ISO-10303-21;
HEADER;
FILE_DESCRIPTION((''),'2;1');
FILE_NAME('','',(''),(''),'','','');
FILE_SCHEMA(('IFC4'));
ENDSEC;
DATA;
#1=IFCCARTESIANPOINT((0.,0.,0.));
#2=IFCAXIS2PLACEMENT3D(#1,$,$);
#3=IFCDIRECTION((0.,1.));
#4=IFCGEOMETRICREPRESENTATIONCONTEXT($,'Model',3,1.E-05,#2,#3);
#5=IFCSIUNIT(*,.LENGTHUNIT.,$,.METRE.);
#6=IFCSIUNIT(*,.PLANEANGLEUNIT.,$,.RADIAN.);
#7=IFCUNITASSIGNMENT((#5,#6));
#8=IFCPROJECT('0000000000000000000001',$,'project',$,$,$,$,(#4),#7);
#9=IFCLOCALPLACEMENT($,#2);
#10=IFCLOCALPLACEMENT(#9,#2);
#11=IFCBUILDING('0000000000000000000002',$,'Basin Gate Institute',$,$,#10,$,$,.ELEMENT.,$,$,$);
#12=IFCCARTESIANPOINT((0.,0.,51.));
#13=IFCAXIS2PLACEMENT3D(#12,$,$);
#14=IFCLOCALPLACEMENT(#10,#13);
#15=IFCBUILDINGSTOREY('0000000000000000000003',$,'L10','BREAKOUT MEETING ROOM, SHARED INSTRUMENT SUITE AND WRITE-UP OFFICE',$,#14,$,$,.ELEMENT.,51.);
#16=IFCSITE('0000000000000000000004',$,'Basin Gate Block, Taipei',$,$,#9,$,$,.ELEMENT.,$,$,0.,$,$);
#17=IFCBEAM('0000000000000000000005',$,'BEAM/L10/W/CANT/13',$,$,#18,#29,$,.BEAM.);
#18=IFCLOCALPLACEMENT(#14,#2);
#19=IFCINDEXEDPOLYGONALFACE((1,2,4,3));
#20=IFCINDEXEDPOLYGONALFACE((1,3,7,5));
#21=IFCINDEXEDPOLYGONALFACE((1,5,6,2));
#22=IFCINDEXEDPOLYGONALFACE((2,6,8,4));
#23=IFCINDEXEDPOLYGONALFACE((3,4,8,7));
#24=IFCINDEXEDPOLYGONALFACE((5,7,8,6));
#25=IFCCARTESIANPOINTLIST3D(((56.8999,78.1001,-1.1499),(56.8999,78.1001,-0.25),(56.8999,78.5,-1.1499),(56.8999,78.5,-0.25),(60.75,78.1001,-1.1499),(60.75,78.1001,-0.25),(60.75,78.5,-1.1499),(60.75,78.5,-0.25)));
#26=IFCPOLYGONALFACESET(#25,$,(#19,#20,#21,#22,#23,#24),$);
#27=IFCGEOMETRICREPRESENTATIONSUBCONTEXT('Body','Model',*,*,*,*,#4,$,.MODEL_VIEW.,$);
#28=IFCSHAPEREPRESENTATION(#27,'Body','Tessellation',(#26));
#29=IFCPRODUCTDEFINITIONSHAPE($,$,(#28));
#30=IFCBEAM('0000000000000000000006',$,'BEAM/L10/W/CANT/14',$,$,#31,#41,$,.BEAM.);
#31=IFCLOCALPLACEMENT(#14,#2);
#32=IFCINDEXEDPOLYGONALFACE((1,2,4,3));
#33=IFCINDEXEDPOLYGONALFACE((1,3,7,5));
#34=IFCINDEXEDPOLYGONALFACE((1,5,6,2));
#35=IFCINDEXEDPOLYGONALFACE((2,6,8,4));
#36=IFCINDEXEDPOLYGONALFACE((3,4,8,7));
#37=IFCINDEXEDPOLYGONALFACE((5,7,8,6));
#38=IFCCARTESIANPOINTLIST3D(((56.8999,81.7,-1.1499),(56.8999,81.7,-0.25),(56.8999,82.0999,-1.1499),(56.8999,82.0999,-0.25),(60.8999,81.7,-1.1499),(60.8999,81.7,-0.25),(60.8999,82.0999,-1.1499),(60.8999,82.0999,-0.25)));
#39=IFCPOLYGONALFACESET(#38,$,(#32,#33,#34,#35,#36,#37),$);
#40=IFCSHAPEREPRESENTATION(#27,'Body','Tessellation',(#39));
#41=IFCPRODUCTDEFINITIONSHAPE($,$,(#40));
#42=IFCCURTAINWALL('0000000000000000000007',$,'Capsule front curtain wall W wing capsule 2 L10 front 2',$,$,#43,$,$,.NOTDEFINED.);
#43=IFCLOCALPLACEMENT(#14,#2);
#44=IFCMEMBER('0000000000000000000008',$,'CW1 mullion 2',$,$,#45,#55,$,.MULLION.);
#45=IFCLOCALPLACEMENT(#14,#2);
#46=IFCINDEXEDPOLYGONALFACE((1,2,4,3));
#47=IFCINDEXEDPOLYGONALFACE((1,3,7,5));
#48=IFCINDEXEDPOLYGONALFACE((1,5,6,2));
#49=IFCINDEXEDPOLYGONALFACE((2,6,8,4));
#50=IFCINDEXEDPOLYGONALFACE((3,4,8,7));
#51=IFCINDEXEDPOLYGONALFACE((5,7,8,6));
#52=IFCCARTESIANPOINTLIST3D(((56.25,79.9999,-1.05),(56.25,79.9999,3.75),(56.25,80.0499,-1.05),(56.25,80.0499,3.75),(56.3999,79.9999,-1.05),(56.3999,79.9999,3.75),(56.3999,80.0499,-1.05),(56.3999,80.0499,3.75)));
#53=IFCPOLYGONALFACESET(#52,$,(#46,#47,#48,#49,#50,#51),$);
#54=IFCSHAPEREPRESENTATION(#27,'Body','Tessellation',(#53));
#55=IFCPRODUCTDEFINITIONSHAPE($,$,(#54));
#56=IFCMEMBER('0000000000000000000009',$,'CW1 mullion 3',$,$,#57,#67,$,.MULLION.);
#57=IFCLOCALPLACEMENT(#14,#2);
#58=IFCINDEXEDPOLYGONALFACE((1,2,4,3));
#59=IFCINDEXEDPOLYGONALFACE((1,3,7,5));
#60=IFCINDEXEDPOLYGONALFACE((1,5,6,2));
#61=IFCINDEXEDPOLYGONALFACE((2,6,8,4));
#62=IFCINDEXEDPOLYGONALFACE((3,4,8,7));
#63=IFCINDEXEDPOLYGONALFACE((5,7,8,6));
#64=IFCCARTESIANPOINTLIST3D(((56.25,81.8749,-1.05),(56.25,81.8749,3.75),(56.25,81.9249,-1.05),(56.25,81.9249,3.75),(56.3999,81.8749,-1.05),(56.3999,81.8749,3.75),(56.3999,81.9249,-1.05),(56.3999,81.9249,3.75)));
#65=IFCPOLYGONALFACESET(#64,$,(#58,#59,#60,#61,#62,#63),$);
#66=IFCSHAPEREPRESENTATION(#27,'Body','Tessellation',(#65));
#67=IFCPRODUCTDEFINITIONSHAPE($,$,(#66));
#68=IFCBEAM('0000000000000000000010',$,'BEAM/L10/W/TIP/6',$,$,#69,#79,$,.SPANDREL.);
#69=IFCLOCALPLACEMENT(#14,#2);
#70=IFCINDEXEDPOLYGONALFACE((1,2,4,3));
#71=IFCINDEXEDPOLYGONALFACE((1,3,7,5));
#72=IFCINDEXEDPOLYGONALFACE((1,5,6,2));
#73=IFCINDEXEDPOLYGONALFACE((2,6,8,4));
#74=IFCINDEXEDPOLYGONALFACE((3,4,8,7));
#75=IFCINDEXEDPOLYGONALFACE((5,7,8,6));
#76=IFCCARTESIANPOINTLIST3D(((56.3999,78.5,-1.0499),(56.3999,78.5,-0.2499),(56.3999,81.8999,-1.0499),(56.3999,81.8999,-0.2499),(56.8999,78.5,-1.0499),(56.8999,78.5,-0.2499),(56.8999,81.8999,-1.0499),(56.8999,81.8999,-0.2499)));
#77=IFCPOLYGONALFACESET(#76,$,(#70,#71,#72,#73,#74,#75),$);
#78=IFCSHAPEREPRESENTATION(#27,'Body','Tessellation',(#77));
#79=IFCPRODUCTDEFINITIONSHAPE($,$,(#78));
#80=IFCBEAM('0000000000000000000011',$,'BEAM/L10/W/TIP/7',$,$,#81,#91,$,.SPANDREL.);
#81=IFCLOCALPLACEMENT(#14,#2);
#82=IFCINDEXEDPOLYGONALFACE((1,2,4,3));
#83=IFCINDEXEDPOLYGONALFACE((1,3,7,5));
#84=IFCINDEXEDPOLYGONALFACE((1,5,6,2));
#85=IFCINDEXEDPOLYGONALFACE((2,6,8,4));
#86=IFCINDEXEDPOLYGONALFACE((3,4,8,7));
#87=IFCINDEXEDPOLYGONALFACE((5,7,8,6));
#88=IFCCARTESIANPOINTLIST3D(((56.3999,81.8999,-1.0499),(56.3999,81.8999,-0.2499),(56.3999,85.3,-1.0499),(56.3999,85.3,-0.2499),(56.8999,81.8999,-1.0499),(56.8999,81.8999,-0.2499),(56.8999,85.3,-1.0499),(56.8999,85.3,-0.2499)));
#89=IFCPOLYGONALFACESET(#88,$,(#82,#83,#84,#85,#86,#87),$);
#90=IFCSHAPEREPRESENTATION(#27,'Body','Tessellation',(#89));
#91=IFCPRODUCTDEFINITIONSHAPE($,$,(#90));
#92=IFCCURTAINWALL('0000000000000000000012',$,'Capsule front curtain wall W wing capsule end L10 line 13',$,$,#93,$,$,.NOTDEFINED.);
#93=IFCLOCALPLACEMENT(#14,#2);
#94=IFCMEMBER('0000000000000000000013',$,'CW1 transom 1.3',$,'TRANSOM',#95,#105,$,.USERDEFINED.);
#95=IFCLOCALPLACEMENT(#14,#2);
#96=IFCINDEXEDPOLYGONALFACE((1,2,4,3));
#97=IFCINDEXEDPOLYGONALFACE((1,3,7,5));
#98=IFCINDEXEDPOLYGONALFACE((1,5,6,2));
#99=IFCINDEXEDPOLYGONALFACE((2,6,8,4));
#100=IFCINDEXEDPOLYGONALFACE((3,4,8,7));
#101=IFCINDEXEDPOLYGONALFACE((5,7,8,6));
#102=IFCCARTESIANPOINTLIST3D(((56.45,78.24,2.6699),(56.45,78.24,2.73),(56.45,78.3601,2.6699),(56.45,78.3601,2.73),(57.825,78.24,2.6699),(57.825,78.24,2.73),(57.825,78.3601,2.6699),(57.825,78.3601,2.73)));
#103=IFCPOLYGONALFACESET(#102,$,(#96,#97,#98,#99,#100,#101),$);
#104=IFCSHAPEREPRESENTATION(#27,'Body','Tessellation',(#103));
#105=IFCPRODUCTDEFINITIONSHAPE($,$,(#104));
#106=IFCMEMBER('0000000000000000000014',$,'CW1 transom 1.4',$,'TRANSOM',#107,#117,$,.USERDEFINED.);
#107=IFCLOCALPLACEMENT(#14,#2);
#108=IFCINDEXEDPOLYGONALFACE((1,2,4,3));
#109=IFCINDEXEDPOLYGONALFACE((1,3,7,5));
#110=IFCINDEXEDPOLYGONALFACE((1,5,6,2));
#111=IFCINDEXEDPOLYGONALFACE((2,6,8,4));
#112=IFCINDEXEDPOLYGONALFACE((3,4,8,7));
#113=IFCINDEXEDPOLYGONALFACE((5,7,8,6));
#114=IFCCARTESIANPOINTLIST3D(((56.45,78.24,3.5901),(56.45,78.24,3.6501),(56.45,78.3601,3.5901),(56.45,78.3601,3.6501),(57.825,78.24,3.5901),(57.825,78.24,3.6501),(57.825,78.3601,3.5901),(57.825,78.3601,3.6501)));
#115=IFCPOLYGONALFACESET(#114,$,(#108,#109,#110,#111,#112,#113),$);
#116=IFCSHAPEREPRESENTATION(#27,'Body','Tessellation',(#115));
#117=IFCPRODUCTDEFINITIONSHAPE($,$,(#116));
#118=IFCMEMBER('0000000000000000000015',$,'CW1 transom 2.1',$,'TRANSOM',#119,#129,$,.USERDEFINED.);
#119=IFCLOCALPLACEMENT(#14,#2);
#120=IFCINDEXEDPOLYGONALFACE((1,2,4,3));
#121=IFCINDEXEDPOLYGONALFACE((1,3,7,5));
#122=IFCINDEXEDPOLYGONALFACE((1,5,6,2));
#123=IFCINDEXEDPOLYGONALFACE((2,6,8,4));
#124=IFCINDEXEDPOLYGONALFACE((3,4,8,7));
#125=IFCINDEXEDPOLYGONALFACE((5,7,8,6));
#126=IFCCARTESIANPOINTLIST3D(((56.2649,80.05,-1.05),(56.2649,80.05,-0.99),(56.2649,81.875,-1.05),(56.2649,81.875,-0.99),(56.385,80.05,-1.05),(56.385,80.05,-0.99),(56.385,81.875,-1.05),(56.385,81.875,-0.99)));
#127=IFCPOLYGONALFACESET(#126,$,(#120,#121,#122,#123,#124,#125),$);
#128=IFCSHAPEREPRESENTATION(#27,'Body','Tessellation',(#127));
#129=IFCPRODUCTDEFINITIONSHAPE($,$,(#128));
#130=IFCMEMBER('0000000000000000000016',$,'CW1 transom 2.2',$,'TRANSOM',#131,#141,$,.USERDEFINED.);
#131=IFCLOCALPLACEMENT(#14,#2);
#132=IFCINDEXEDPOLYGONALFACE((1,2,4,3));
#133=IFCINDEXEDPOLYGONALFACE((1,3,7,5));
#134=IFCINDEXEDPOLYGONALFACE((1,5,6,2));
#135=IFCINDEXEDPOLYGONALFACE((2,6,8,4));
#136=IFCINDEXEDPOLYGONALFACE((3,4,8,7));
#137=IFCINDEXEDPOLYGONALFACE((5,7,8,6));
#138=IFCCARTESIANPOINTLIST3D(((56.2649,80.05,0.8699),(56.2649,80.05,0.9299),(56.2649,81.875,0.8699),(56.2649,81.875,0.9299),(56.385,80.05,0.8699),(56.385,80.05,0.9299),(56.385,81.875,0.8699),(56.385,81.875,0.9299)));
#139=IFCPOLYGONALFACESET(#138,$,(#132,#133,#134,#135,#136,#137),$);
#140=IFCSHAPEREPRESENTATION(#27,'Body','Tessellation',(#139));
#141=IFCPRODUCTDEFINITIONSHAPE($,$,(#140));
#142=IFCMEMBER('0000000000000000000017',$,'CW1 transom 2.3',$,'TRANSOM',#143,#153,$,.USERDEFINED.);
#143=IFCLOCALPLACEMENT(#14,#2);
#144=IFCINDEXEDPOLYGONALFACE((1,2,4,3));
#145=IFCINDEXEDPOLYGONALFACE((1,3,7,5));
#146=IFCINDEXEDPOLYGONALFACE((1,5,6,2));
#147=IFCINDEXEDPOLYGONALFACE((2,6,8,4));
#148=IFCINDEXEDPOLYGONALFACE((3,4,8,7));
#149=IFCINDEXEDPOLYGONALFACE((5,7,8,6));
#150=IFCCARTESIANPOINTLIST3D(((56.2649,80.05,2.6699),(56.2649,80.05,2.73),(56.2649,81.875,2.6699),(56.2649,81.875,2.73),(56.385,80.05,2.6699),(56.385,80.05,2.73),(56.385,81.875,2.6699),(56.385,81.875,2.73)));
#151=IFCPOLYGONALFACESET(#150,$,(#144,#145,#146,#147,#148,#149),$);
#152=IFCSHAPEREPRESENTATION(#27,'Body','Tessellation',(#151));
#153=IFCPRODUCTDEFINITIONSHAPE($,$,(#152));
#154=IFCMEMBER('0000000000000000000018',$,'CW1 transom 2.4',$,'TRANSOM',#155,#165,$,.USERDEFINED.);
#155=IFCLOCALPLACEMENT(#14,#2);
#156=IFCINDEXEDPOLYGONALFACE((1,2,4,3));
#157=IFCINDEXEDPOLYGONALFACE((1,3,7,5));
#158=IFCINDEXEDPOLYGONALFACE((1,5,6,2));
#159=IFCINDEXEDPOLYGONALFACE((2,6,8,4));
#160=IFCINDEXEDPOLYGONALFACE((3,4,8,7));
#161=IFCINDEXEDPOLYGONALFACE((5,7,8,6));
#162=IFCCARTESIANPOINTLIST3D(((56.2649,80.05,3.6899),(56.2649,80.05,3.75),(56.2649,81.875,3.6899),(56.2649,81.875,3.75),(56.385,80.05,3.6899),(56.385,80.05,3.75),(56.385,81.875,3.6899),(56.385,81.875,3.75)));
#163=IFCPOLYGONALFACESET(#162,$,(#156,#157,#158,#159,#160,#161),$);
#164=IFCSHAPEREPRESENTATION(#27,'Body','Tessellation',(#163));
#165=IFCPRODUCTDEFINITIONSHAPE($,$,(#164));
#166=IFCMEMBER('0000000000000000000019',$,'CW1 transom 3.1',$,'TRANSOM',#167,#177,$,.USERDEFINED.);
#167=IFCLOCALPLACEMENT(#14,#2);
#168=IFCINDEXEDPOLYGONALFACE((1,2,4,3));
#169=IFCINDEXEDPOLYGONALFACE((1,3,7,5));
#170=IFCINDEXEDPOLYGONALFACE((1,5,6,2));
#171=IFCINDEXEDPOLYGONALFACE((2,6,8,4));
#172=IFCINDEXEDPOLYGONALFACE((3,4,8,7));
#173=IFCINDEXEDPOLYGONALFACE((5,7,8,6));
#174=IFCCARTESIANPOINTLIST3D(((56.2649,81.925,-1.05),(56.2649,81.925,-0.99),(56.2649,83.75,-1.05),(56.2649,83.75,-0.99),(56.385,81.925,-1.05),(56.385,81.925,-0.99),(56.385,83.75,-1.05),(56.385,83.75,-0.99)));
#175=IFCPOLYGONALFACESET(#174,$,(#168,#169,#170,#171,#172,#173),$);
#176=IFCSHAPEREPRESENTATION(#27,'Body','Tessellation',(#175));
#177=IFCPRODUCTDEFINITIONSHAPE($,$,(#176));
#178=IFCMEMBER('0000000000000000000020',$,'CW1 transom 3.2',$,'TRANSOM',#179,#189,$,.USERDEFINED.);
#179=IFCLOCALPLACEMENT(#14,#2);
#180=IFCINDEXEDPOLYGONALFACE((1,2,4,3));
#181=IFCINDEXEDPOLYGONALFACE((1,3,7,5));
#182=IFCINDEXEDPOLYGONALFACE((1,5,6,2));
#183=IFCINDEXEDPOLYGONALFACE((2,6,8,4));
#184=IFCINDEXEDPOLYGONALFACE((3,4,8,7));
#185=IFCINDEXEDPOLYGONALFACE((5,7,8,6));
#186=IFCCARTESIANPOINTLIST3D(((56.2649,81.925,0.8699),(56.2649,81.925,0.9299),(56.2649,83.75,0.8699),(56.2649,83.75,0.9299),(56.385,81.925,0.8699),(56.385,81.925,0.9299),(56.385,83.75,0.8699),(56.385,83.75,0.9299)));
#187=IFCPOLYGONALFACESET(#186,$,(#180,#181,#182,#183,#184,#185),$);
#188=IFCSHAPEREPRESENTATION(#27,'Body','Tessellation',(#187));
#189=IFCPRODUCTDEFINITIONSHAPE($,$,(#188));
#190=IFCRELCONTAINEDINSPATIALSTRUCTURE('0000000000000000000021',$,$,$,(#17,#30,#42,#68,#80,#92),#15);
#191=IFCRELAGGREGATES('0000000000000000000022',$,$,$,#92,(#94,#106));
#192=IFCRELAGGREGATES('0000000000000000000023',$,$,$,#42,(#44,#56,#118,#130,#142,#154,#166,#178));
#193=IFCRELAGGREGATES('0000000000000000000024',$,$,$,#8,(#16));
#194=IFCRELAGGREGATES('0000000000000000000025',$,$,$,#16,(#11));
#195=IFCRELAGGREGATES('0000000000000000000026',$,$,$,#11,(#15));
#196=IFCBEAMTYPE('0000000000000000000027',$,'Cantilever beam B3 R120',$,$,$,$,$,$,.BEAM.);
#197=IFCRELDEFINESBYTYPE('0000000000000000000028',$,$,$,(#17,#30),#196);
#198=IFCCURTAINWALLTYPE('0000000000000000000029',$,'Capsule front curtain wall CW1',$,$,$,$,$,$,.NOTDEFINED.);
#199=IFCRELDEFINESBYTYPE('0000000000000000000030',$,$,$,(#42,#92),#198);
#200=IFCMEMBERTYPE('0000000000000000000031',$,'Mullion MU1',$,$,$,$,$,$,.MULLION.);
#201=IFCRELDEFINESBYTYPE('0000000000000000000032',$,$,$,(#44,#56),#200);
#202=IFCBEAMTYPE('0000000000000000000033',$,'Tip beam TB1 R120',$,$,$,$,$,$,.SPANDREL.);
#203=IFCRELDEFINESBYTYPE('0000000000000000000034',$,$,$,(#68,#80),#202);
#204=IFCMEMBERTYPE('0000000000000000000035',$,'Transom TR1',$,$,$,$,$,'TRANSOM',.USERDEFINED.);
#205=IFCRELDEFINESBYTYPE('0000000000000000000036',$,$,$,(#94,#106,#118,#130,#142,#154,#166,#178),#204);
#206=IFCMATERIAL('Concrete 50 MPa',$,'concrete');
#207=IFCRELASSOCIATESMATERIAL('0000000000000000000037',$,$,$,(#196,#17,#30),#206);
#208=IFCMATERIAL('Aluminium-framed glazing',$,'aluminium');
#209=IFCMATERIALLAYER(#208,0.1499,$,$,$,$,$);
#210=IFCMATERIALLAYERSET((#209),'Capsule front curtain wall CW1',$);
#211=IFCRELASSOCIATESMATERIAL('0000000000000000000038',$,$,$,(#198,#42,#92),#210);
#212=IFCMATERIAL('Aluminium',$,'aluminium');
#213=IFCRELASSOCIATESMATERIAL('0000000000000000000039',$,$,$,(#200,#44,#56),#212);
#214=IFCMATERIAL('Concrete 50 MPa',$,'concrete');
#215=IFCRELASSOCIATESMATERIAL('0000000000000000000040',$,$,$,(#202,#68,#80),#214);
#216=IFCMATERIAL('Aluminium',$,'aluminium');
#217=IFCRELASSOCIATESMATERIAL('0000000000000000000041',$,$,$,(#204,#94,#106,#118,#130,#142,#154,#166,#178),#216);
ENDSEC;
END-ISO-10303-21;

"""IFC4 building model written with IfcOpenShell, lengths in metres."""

from ifc_helpers import new_model, si_unit, direction, frame, origin, origin_2d, place, context, subcontext, project, spatial, rectangle, extrude, material, layer, layer_set, material_profile, profile_set, type_object, element, aggregate, save


model = new_model("IFC4")

# Units and contexts
model_context = context("Model", 3, precision=1e-05, world=origin(), true_north=direction((0.0, 1.0)))
body_context = subcontext(model_context, "Body", "Model", "MODEL_VIEW")
ifc_project = project(units=[si_unit("LENGTHUNIT", "METRE"), si_unit("PLANEANGLEUNIT", "RADIAN")], contexts=[model_context])

# Site, building, storey
site_placement = place(None, origin())
site = spatial("IfcSite", under=ifc_project, at=site_placement, Name="Basin Gate Block, Taipei", CompositionType="ELEMENT", RefElevation=0.0)
building_placement = place(site_placement, origin())
building = spatial("IfcBuilding", under=site, at=building_placement, Name="Basin Gate Institute", CompositionType="ELEMENT")
storey_placement = place(building_placement, frame((0.0, 0.0, 51.0)))
storey = spatial("IfcBuildingStorey", under=building, at=storey_placement, Name="L10", Description="BREAKOUT MEETING ROOM, SHARED INSTRUMENT SUITE AND WRITE-UP OFFICE", CompositionType="ELEMENT", Elevation=51.0)

# Beams
ifc_material_1 = material(Name="Concrete 50 MPa", Category="concrete")
ifc_material_profile_1 = material_profile(ifc_material_1, rectangle(XDim=0.3999, YDim=0.8999, at=origin_2d()), Name="Cantilever beam B3 400 x 900")
ifc_profile_set_1 = profile_set([ifc_material_profile_1], Name="Concrete 50 MPa")
beam_type_1 = type_object("IfcBeamType", Name="Cantilever beam B3 R120", PredefinedType="BEAM", material=ifc_profile_set_1)
beam_1_placement = place(storey_placement, frame((56.8999, 78.3, -0.7), z_axis=(1.0, 0.0, 0.0), x_axis=(0.0, 1.0, 0.0)))
element("IfcBeam", 1, at=beam_1_placement, inside=storey, type_object=beam_type_1, material=ifc_profile_set_1, Name="BEAM/L10/W/CANT/13", PredefinedType="BEAM", context=body_context, shape_type="SweptSolid", body=[
    extrude(rectangle(XDim=0.3999, YDim=0.8999, at=origin_2d()), origin(), (0.0, 0.0, 1.0), 3.8501),
])
beam_2_placement = place(storey_placement, frame((56.8999, 81.8999, -0.7), z_axis=(1.0, 0.0, 0.0), x_axis=(0.0, 1.0, 0.0)))
element("IfcBeam", 2, at=beam_2_placement, inside=storey, type_object=beam_type_1, material=ifc_profile_set_1, Name="BEAM/L10/W/CANT/14", PredefinedType="BEAM", context=body_context, shape_type="SweptSolid", body=[
    extrude(rectangle(XDim=0.3999, YDim=0.8999, at=origin_2d()), origin(), (0.0, 0.0, 1.0), 4.0),
])

# Curtain wall, members
ifc_material_2 = material(Name="Aluminium-framed glazing", Category="aluminium")
ifc_layer_1 = layer(ifc_material_2, 0.1499)
ifc_layer_set_1 = layer_set([ifc_layer_1], Name="Capsule front curtain wall CW1")
curtain_wall_type = type_object("IfcCurtainWallType", Name="Capsule front curtain wall CW1", PredefinedType="NOTDEFINED", material=ifc_layer_set_1)
curtain_wall_1_placement = place(storey_placement, origin())
curtain_wall_1 = element("IfcCurtainWall", 3, at=curtain_wall_1_placement, inside=storey, type_object=curtain_wall_type, material=ifc_layer_set_1, Name="Capsule front curtain wall W wing capsule 2 L10 front 2", PredefinedType="NOTDEFINED")
ifc_material_3 = material(Name="Aluminium", Category="aluminium")
ifc_material_profile_2 = material_profile(ifc_material_3, rectangle(XDim=0.1499, YDim=0.05, at=origin_2d()), Name="Mullion MU1 150 x 50")
ifc_profile_set_2 = profile_set([ifc_material_profile_2], Name="Aluminium")
member_type_1 = type_object("IfcMemberType", Name="Mullion MU1", PredefinedType="MULLION", material=ifc_profile_set_2)
member_1_placement = place(storey_placement, frame((56.325, 80.0249, -1.05), z_axis=(0.0, 0.0, 1.0), x_axis=(-1.0, 0.0, 0.0)))
member_1 = element("IfcMember", 4, at=member_1_placement, type_object=member_type_1, material=ifc_profile_set_2, Name="CW1 mullion 2", PredefinedType="MULLION", context=body_context, shape_type="SweptSolid", body=[
    extrude(rectangle(XDim=0.1499, YDim=0.05, at=origin_2d()), origin(), (0.0, 0.0, 1.0), 4.8),
])
member_2_placement = place(storey_placement, frame((56.325, 81.8999, -1.05), z_axis=(0.0, 0.0, 1.0), x_axis=(-1.0, 0.0, 0.0)))
member_2 = element("IfcMember", 5, at=member_2_placement, type_object=member_type_1, material=ifc_profile_set_2, Name="CW1 mullion 3", PredefinedType="MULLION", context=body_context, shape_type="SweptSolid", body=[
    extrude(rectangle(XDim=0.1499, YDim=0.05, at=origin_2d()), origin(), (0.0, 0.0, 1.0), 4.8),
])

# Beams
ifc_material_4 = material(Name="Concrete 50 MPa", Category="concrete")
ifc_material_profile_3 = material_profile(ifc_material_4, rectangle(XDim=0.5, YDim=0.8, at=origin_2d()), Name="Tip beam TB1 500 x 800")
ifc_profile_set_3 = profile_set([ifc_material_profile_3], Name="Concrete 50 MPa")
beam_type_2 = type_object("IfcBeamType", Name="Tip beam TB1 R120", PredefinedType="SPANDREL", material=ifc_profile_set_3)
beam_3_placement = place(storey_placement, frame((56.6499, 78.5, -0.6499), z_axis=(0.0, 1.0, 0.0), x_axis=(-1.0, 0.0, 0.0)))
element("IfcBeam", 6, at=beam_3_placement, inside=storey, type_object=beam_type_2, material=ifc_profile_set_3, Name="BEAM/L10/W/TIP/6", PredefinedType="SPANDREL", context=body_context, shape_type="SweptSolid", body=[
    extrude(rectangle(XDim=0.5, YDim=0.8, at=origin_2d()), origin(), (0.0, 0.0, 1.0), 3.3999),
])
beam_4_placement = place(storey_placement, frame((56.6499, 81.8999, -0.6499), z_axis=(0.0, 1.0, 0.0), x_axis=(-1.0, 0.0, 0.0)))
element("IfcBeam", 7, at=beam_4_placement, inside=storey, type_object=beam_type_2, material=ifc_profile_set_3, Name="BEAM/L10/W/TIP/7", PredefinedType="SPANDREL", context=body_context, shape_type="SweptSolid", body=[
    extrude(rectangle(XDim=0.5, YDim=0.8, at=origin_2d()), origin(), (0.0, 0.0, 1.0), 3.4001),
])

# Curtain wall, members
curtain_wall_2_placement = place(storey_placement, origin())
curtain_wall_2 = element("IfcCurtainWall", 8, at=curtain_wall_2_placement, inside=storey, type_object=curtain_wall_type, material=ifc_layer_set_1, Name="Capsule front curtain wall W wing capsule end L10 line 13", PredefinedType="NOTDEFINED")
ifc_material_5 = material(Name="Aluminium", Category="aluminium")
ifc_material_profile_4 = material_profile(ifc_material_5, rectangle(XDim=0.1201, YDim=0.0601, at=origin_2d()), Name="Transom TR1 120 x 60")
ifc_profile_set_4 = profile_set([ifc_material_profile_4], Name="Aluminium")
member_type_2 = type_object("IfcMemberType", Name="Transom TR1", ElementType="TRANSOM", PredefinedType="USERDEFINED", material=ifc_profile_set_4)
member_3_placement = place(storey_placement, frame((56.45, 78.3, 2.7), z_axis=(1.0, 0.0, 0.0), x_axis=(0.0, 1.0, 0.0)))
member_3 = element("IfcMember", 9, at=member_3_placement, type_object=member_type_2, material=ifc_profile_set_4, Name="CW1 transom 1.3", ObjectType="TRANSOM", PredefinedType="USERDEFINED", context=body_context, shape_type="SweptSolid", body=[
    extrude(rectangle(XDim=0.1201, YDim=0.0601, at=origin_2d()), origin(), (0.0, 0.0, 1.0), 1.375),
])
member_4_placement = place(storey_placement, frame((56.45, 78.3, 3.6201), z_axis=(1.0, 0.0, 0.0), x_axis=(0.0, 1.0, 0.0)))
member_4 = element("IfcMember", 10, at=member_4_placement, type_object=member_type_2, material=ifc_profile_set_4, Name="CW1 transom 1.4", ObjectType="TRANSOM", PredefinedType="USERDEFINED", context=body_context, shape_type="SweptSolid", body=[
    extrude(rectangle(XDim=0.1201, YDim=0.0601, at=origin_2d()), origin(), (0.0, 0.0, 1.0), 1.375),
])

# Members
member_5_placement = place(storey_placement, frame((56.325, 80.05, -1.02), z_axis=(0.0, 1.0, 0.0), x_axis=(-1.0, 0.0, 0.0)))
member_5 = element("IfcMember", 11, at=member_5_placement, type_object=member_type_2, material=ifc_profile_set_4, Name="CW1 transom 2.1", ObjectType="TRANSOM", PredefinedType="USERDEFINED", context=body_context, shape_type="SweptSolid", body=[
    extrude(rectangle(XDim=0.1201, YDim=0.0601, at=origin_2d()), origin(), (0.0, 0.0, 1.0), 1.825),
])
member_6_placement = place(storey_placement, frame((56.325, 80.05, 0.8999), z_axis=(0.0, 1.0, 0.0), x_axis=(-1.0, 0.0, 0.0)))
member_6 = element("IfcMember", 12, at=member_6_placement, type_object=member_type_2, material=ifc_profile_set_4, Name="CW1 transom 2.2", ObjectType="TRANSOM", PredefinedType="USERDEFINED", context=body_context, shape_type="SweptSolid", body=[
    extrude(rectangle(XDim=0.1201, YDim=0.0601, at=origin_2d()), origin(), (0.0, 0.0, 1.0), 1.825),
])
member_7_placement = place(storey_placement, frame((56.325, 80.05, 2.7), z_axis=(0.0, 1.0, 0.0), x_axis=(-1.0, 0.0, 0.0)))
member_7 = element("IfcMember", 13, at=member_7_placement, type_object=member_type_2, material=ifc_profile_set_4, Name="CW1 transom 2.3", ObjectType="TRANSOM", PredefinedType="USERDEFINED", context=body_context, shape_type="SweptSolid", body=[
    extrude(rectangle(XDim=0.1201, YDim=0.0601, at=origin_2d()), origin(), (0.0, 0.0, 1.0), 1.825),
])
member_8_placement = place(storey_placement, frame((56.325, 80.05, 3.72), z_axis=(0.0, 1.0, 0.0), x_axis=(-1.0, 0.0, 0.0)))
member_8 = element("IfcMember", 14, at=member_8_placement, type_object=member_type_2, material=ifc_profile_set_4, Name="CW1 transom 2.4", ObjectType="TRANSOM", PredefinedType="USERDEFINED", context=body_context, shape_type="SweptSolid", body=[
    extrude(rectangle(XDim=0.1201, YDim=0.0601, at=origin_2d()), origin(), (0.0, 0.0, 1.0), 1.825),
])
member_9_placement = place(storey_placement, frame((56.325, 81.925, -1.02), z_axis=(0.0, 1.0, 0.0), x_axis=(-1.0, 0.0, 0.0)))
member_9 = element("IfcMember", 15, at=member_9_placement, type_object=member_type_2, material=ifc_profile_set_4, Name="CW1 transom 3.1", ObjectType="TRANSOM", PredefinedType="USERDEFINED", context=body_context, shape_type="SweptSolid", body=[
    extrude(rectangle(XDim=0.1201, YDim=0.0601, at=origin_2d()), origin(), (0.0, 0.0, 1.0), 1.825),
])
member_10_placement = place(storey_placement, frame((56.325, 81.925, 0.8999), z_axis=(0.0, 1.0, 0.0), x_axis=(-1.0, 0.0, 0.0)))
member_10 = element("IfcMember", 16, at=member_10_placement, type_object=member_type_2, material=ifc_profile_set_4, Name="CW1 transom 3.2", ObjectType="TRANSOM", PredefinedType="USERDEFINED", context=body_context, shape_type="SweptSolid", body=[
    extrude(rectangle(XDim=0.1201, YDim=0.0601, at=origin_2d()), origin(), (0.0, 0.0, 1.0), 1.825),
])

aggregate(curtain_wall_2, [member_3, member_4])
aggregate(curtain_wall_1, [member_1, member_2, member_5, member_6, member_7, member_8, member_9, member_10])

save(model, "model.ifc")
